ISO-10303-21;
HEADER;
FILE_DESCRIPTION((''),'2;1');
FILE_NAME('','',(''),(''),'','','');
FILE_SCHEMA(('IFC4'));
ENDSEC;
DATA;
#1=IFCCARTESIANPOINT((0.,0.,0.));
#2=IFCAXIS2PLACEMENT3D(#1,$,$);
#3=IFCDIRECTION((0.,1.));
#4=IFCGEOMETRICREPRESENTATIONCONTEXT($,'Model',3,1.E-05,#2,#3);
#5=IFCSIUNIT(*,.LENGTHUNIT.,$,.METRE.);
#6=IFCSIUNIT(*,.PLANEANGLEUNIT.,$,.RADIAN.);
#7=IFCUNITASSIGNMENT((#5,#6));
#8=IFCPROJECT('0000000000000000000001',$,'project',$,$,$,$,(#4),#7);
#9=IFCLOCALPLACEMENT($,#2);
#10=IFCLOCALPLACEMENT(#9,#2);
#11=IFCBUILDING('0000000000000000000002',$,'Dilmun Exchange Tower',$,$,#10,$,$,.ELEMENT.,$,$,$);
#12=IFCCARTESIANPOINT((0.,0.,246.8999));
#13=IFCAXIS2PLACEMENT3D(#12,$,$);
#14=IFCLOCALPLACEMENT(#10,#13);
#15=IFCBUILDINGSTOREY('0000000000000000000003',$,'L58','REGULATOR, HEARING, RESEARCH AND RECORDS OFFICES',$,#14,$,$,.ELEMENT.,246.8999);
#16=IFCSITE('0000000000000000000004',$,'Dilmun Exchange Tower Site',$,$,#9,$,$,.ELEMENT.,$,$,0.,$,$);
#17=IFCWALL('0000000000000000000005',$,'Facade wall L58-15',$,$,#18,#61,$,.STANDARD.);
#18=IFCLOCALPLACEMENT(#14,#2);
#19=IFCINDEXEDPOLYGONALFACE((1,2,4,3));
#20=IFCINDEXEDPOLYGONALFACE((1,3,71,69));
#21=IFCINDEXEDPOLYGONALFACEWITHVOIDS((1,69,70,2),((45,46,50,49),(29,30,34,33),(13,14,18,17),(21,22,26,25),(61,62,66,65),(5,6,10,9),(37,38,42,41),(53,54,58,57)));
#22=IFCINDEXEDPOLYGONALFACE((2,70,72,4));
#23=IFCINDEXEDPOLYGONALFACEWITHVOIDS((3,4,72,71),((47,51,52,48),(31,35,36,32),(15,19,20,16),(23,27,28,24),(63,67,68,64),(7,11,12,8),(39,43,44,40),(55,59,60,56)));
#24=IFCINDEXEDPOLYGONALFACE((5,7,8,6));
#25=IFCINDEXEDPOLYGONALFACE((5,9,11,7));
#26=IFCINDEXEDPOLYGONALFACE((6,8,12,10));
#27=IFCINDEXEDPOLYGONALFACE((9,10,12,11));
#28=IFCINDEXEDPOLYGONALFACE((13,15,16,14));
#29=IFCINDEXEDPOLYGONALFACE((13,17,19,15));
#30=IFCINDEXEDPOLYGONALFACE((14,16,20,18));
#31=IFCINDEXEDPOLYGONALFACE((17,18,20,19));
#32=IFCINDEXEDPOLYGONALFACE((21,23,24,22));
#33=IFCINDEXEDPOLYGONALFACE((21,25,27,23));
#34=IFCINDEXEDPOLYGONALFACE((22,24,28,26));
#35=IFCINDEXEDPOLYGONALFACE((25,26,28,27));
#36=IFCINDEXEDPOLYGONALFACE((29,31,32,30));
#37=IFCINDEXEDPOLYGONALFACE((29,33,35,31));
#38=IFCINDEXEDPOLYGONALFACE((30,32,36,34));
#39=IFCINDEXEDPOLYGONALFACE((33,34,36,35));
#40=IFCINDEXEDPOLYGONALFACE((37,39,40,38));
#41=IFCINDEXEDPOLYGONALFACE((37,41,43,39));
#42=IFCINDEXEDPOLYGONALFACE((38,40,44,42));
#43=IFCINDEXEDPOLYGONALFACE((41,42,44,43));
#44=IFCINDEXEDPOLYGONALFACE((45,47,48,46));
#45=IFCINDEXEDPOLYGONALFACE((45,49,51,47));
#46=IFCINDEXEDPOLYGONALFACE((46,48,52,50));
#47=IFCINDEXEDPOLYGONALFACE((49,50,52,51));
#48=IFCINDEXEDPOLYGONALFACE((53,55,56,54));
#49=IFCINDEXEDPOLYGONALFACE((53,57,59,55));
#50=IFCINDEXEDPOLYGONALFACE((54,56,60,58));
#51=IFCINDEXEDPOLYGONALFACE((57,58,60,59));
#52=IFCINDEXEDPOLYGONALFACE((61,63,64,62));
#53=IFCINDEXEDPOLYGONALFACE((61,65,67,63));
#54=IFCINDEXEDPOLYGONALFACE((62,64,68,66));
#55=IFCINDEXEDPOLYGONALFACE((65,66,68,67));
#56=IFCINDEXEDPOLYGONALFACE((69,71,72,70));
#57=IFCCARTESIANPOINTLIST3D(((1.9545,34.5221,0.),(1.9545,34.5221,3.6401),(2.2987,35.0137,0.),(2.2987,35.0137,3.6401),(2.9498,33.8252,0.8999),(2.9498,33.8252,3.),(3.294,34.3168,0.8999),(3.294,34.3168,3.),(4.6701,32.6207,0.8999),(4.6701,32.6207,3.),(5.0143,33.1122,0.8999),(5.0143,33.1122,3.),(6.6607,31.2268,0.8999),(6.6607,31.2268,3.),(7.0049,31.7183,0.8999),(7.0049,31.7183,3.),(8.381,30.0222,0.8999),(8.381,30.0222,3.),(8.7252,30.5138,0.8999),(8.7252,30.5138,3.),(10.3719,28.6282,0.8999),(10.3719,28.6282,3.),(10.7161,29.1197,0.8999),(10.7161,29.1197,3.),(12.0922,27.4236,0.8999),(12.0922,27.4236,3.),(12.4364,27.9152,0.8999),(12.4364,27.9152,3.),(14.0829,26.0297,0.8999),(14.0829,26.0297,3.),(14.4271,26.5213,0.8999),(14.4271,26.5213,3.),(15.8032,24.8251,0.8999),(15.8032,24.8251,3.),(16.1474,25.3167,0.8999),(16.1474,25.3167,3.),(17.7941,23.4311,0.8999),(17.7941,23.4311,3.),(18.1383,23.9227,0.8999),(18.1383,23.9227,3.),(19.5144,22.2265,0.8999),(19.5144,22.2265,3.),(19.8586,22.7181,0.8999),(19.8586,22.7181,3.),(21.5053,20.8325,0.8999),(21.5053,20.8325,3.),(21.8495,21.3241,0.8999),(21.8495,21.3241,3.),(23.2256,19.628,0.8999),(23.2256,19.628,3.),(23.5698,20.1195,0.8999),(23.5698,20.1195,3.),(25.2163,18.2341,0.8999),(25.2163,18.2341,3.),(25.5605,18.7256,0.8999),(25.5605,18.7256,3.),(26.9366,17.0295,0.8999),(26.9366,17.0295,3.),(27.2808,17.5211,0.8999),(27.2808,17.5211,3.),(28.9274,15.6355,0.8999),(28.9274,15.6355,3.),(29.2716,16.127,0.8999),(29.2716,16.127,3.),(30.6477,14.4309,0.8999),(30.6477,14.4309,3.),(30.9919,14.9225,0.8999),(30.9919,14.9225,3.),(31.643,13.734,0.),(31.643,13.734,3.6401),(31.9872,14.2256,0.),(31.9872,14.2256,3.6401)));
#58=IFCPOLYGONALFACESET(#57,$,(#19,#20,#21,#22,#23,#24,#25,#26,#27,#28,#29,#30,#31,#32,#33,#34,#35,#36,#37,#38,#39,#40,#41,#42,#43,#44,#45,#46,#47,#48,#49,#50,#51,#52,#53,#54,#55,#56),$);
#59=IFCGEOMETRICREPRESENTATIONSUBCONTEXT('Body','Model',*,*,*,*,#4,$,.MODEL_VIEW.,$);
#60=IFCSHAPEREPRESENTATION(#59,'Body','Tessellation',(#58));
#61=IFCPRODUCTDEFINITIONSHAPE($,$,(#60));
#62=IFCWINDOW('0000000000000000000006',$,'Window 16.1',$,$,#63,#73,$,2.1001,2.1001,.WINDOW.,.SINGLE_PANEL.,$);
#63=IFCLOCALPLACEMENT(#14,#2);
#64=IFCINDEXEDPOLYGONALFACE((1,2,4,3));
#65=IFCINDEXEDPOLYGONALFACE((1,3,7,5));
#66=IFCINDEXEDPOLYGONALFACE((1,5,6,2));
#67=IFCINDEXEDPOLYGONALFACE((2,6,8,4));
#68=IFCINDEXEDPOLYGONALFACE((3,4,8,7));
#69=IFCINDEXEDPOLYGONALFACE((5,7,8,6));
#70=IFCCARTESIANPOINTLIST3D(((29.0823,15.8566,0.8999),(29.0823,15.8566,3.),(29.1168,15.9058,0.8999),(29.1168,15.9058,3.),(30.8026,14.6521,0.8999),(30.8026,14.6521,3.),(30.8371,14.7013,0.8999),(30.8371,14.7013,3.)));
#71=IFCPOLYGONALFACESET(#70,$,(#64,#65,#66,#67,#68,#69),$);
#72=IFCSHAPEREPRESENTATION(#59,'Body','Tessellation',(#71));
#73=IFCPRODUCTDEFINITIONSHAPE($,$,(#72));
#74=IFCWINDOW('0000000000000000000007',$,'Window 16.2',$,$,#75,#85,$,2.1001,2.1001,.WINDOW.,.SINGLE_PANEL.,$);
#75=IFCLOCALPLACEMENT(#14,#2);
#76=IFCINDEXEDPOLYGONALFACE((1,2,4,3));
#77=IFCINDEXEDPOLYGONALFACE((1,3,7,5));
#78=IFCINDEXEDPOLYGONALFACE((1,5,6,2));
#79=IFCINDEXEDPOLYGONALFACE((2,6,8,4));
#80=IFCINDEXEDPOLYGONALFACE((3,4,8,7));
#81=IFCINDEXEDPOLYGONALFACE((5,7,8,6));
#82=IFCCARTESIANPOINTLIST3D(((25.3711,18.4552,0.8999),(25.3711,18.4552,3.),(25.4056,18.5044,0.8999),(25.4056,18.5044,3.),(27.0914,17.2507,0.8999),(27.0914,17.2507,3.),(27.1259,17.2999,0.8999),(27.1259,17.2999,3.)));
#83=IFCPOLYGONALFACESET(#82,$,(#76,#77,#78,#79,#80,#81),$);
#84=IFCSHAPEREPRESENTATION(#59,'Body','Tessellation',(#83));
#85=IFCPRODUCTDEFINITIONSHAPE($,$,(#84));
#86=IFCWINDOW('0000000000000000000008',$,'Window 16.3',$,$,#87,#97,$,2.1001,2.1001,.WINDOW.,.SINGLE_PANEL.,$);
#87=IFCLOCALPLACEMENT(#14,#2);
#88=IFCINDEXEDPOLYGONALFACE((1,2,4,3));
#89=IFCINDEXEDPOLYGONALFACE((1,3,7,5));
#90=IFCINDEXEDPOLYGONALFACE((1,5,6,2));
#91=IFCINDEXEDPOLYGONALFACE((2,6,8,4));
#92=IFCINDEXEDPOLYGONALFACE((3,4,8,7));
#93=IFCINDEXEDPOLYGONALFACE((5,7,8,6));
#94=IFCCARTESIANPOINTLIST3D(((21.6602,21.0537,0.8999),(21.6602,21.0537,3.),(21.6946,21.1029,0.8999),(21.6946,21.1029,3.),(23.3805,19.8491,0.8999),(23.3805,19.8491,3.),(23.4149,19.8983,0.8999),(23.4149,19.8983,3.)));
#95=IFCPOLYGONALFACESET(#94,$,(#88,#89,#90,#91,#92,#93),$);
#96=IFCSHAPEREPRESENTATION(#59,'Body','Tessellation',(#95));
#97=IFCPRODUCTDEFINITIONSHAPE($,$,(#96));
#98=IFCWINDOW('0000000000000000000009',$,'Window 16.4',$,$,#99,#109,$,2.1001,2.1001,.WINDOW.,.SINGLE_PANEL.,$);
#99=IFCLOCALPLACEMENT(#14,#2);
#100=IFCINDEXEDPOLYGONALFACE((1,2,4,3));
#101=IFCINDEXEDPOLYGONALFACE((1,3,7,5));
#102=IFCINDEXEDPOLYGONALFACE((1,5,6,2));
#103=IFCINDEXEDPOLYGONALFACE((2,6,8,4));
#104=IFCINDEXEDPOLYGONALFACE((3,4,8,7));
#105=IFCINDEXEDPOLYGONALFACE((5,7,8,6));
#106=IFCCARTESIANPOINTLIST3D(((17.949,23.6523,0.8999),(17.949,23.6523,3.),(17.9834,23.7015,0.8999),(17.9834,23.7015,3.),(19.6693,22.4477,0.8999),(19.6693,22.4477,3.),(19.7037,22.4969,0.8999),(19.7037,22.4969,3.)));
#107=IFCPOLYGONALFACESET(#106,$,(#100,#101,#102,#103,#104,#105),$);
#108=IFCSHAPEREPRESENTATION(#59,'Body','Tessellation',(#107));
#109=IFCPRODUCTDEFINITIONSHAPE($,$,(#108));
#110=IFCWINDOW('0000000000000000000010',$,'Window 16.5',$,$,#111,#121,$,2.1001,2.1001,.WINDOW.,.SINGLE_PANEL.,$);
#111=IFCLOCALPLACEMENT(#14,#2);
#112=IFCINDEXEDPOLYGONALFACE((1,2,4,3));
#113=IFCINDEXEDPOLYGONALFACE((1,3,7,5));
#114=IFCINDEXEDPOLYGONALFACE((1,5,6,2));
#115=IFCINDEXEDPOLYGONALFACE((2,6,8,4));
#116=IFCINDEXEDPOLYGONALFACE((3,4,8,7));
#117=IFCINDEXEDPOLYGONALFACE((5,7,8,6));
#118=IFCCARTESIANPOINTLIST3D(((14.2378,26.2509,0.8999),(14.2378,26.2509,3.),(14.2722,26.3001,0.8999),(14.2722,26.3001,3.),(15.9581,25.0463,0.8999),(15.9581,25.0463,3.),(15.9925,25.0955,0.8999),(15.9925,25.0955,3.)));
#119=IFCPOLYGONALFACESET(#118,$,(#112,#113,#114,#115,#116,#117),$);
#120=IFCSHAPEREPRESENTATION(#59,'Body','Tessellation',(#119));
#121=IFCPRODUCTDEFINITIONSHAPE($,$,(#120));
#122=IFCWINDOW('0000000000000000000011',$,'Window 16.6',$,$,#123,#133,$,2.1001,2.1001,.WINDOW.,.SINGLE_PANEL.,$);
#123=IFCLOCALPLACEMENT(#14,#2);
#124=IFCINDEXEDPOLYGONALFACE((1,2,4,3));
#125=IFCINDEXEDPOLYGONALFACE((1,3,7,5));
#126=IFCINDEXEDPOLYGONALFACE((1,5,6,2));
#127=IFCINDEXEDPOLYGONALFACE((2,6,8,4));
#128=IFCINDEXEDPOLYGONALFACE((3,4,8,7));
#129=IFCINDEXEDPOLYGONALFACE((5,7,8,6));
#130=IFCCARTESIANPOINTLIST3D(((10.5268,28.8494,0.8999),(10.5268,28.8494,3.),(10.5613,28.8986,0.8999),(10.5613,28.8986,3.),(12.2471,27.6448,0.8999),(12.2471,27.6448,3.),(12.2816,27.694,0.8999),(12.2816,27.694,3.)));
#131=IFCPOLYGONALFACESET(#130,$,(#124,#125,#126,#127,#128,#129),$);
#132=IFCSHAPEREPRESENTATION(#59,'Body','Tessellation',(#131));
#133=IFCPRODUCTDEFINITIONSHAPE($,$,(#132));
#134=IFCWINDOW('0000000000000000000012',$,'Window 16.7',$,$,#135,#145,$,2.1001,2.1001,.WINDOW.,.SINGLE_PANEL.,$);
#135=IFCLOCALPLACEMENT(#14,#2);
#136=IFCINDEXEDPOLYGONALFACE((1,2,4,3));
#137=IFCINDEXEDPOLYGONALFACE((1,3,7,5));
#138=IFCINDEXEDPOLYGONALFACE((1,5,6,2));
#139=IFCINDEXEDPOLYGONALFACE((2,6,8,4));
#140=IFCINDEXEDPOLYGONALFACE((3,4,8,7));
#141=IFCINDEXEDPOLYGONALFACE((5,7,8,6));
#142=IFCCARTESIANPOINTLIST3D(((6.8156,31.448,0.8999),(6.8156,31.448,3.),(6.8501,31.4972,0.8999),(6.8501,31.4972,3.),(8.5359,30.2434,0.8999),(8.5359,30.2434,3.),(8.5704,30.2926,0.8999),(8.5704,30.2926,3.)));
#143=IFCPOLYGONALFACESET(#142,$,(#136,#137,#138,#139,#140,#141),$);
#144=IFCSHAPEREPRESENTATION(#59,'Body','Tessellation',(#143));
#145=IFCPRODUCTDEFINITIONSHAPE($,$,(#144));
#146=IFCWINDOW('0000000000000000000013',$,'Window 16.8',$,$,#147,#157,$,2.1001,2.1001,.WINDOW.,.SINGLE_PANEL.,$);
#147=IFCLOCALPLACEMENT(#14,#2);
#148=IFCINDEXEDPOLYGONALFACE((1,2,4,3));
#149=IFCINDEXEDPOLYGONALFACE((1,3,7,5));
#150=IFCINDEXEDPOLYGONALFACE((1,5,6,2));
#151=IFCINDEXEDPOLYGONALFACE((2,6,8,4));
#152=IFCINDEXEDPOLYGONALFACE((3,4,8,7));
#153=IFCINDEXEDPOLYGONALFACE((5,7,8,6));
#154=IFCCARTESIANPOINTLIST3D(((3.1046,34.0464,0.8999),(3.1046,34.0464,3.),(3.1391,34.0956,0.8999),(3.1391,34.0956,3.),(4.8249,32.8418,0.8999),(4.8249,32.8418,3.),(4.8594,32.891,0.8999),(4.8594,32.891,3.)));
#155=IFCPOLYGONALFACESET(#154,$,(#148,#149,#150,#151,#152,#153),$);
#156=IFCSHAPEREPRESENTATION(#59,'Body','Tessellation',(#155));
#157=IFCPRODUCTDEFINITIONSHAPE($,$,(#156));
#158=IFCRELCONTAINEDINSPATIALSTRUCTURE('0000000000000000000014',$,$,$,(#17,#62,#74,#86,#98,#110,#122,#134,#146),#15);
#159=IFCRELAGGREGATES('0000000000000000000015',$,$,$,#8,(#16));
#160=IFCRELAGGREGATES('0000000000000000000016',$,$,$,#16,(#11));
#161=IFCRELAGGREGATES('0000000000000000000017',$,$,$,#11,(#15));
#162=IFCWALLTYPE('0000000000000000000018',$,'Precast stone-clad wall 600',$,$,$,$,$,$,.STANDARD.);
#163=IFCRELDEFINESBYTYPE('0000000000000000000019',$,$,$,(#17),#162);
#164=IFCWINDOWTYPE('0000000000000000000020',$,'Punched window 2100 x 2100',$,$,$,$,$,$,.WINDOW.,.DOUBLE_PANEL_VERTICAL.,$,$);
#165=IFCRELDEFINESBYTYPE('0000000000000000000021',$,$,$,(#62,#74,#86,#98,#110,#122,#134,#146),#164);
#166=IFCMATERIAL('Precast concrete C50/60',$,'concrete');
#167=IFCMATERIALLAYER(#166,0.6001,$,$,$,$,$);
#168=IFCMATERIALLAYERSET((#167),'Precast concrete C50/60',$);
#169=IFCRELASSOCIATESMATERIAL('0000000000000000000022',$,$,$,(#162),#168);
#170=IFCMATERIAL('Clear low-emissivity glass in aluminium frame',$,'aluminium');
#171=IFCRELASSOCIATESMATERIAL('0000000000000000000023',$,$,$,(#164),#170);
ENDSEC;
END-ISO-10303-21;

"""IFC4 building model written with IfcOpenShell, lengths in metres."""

from ifc_helpers import new_model, si_unit, direction, frame, frame_2d, origin, place, context, subcontext, project, spatial, rectangle, extrude, material, layer, layer_set, type_object, element, fill, save


model = new_model("IFC4")

# Units and contexts
model_context = context("Model", 3, precision=1e-05, world=origin(), true_north=direction((0.0, 1.0)))
body_context = subcontext(model_context, "Body", "Model", "MODEL_VIEW")
ifc_project = project(units=[si_unit("LENGTHUNIT", "METRE"), si_unit("PLANEANGLEUNIT", "RADIAN")], contexts=[model_context])

# Site, building, storey
site_placement = place(None, origin())
site = spatial("IfcSite", under=ifc_project, at=site_placement, Name="Dilmun Exchange Tower Site", CompositionType="ELEMENT", RefElevation=0.0)
building_placement = place(site_placement, origin())
building = spatial("IfcBuilding", under=site, at=building_placement, Name="Dilmun Exchange Tower", CompositionType="ELEMENT")
storey_placement = place(building_placement, frame((0.0, 0.0, 246.8999)))
storey = spatial("IfcBuildingStorey", under=building, at=storey_placement, Name="L58", Description="REGULATOR, HEARING, RESEARCH AND RECORDS OFFICES", CompositionType="ELEMENT", Elevation=246.8999)

# Shared definitions
ifc_material_1 = material(Name="Precast concrete C50/60", Category="concrete")
ifc_layer_1 = layer(ifc_material_1, 0.6001)
ifc_layer_set_1 = layer_set([ifc_layer_1], Name="Precast concrete C50/60")
wall_type_1 = type_object("IfcWallType", Name="Precast stone-clad wall 600", PredefinedType="STANDARD", material=ifc_layer_set_1)
ifc_material_2 = material(Name="Clear low-emissivity glass in aluminium frame", Category="aluminium")

# Wall, openings, windows
wall_1_placement = place(storey_placement, frame((31.8152, 13.9797, 0.0), z_axis=(0.0, 0.0, 1.0), x_axis=(-0.819152, 0.573576, 0.0)))
wall_1 = element("IfcWall", 1, at=wall_1_placement, inside=storey, type_object=wall_type_1, Name="Facade wall L58-15", PredefinedType="STANDARD", context=body_context, shape_type="SweptSolid", body=[
    extrude(rectangle(XDim=36.2429, YDim=0.6001, at=frame_2d((18.1216, 0.0))), origin(), (0.0, 0.0, 1.0), 3.6401),
])
opening_1_placement = place(wall_1_placement, frame((1.2151, 0.0, 0.8999)))
opening_1 = element("IfcOpeningElement", 2, at=opening_1_placement, cuts=wall_1, PredefinedType="OPENING", context=body_context, shape_type="SweptSolid", body=[
    extrude(rectangle(XDim=2.1001, YDim=2.1001, at=frame_2d((1.05, 1.05))), frame((0.0, 0.3101, 0.0), z_axis=(0.0, -1.0, 0.0), x_axis=(1.0, 0.0, 0.0)), (0.0, 0.0, 1.0), 0.6201),
])
opening_2_placement = place(wall_1_placement, frame((5.7456, 0.0, 0.8999)))
opening_2 = element("IfcOpeningElement", 3, at=opening_2_placement, cuts=wall_1, PredefinedType="OPENING", context=body_context, shape_type="SweptSolid", body=[
    extrude(rectangle(XDim=2.1001, YDim=2.1001, at=frame_2d((1.05, 1.05))), frame((0.0, 0.3101, 0.0), z_axis=(0.0, -1.0, 0.0), x_axis=(1.0, 0.0, 0.0)), (0.0, 0.0, 1.0), 0.6201),
])
opening_3_placement = place(wall_1_placement, frame((10.2759, 0.0, 0.8999)))
opening_3 = element("IfcOpeningElement", 4, at=opening_3_placement, cuts=wall_1, PredefinedType="OPENING", context=body_context, shape_type="SweptSolid", body=[
    extrude(rectangle(XDim=2.1001, YDim=2.1001, at=frame_2d((1.05, 1.05))), frame((0.0, 0.3101, 0.0), z_axis=(0.0, -1.0, 0.0), x_axis=(1.0, 0.0, 0.0)), (0.0, 0.0, 1.0), 0.6201),
])
opening_4_placement = place(wall_1_placement, frame((14.8064, 0.0, 0.8999)))
opening_4 = element("IfcOpeningElement", 5, at=opening_4_placement, cuts=wall_1, PredefinedType="OPENING", context=body_context, shape_type="SweptSolid", body=[
    extrude(rectangle(XDim=2.1001, YDim=2.1001, at=frame_2d((1.05, 1.05))), frame((0.0, 0.3101, 0.0), z_axis=(0.0, -1.0, 0.0), x_axis=(1.0, 0.0, 0.0)), (0.0, 0.0, 1.0), 0.6201),
])
opening_5_placement = place(wall_1_placement, frame((19.3369, 0.0, 0.8999)))
opening_5 = element("IfcOpeningElement", 6, at=opening_5_placement, cuts=wall_1, PredefinedType="OPENING", context=body_context, shape_type="SweptSolid", body=[
    extrude(rectangle(XDim=2.1001, YDim=2.1001, at=frame_2d((1.05, 1.05))), frame((0.0, 0.3101, 0.0), z_axis=(0.0, -1.0, 0.0), x_axis=(1.0, 0.0, 0.0)), (0.0, 0.0, 1.0), 0.6201),
])
opening_6_placement = place(wall_1_placement, frame((23.8672, 0.0, 0.8999)))
opening_6 = element("IfcOpeningElement", 7, at=opening_6_placement, cuts=wall_1, PredefinedType="OPENING", context=body_context, shape_type="SweptSolid", body=[
    extrude(rectangle(XDim=2.1001, YDim=2.1001, at=frame_2d((1.05, 1.05))), frame((0.0, 0.3101, 0.0), z_axis=(0.0, -1.0, 0.0), x_axis=(1.0, 0.0, 0.0)), (0.0, 0.0, 1.0), 0.6201),
])
opening_7_placement = place(wall_1_placement, frame((28.3977, 0.0, 0.8999)))
opening_7 = element("IfcOpeningElement", 8, at=opening_7_placement, cuts=wall_1, PredefinedType="OPENING", context=body_context, shape_type="SweptSolid", body=[
    extrude(rectangle(XDim=2.1001, YDim=2.1001, at=frame_2d((1.05, 1.05))), frame((0.0, 0.3101, 0.0), z_axis=(0.0, -1.0, 0.0), x_axis=(1.0, 0.0, 0.0)), (0.0, 0.0, 1.0), 0.6201),
])
opening_8_placement = place(wall_1_placement, frame((32.928, 0.0, 0.8999)))
opening_8 = element("IfcOpeningElement", 9, at=opening_8_placement, cuts=wall_1, PredefinedType="OPENING", context=body_context, shape_type="SweptSolid", body=[
    extrude(rectangle(XDim=2.1001, YDim=2.1001, at=frame_2d((1.05, 1.05))), frame((0.0, 0.3101, 0.0), z_axis=(0.0, -1.0, 0.0), x_axis=(1.0, 0.0, 0.0)), (0.0, 0.0, 1.0), 0.6201),
])
window_type_1 = type_object("IfcWindowType", Name="Punched window 2100 x 2100", PartitioningType="DOUBLE_PANEL_VERTICAL", PredefinedType="WINDOW", material=ifc_material_2)
window_1_placement = place(opening_1_placement, origin())
window_1 = element("IfcWindow", 10, at=window_1_placement, inside=storey, type_object=window_type_1, Name="Window 16.1", OverallHeight=2.1001, OverallWidth=2.1001, PartitioningType="SINGLE_PANEL", PredefinedType="WINDOW", context=body_context, shape_type="SweptSolid", body=[
    extrude(rectangle(XDim=2.1001, YDim=2.1001, at=frame_2d((1.05, 1.05))), frame((0.0, 0.03, 0.0), z_axis=(0.0, -1.0, 0.0), x_axis=(1.0, 0.0, 0.0)), (0.0, 0.0, 1.0), 0.0601),
])
fill(opening_1, window_1)
window_2_placement = place(opening_2_placement, origin())
window_2 = element("IfcWindow", 11, at=window_2_placement, inside=storey, type_object=window_type_1, Name="Window 16.2", OverallHeight=2.1001, OverallWidth=2.1001, PartitioningType="SINGLE_PANEL", PredefinedType="WINDOW", context=body_context, shape_type="SweptSolid", body=[
    extrude(rectangle(XDim=2.1001, YDim=2.1001, at=frame_2d((1.05, 1.05))), frame((0.0, 0.03, 0.0), z_axis=(0.0, -1.0, 0.0), x_axis=(1.0, 0.0, 0.0)), (0.0, 0.0, 1.0), 0.0601),
])
fill(opening_2, window_2)
window_3_placement = place(opening_3_placement, origin())
window_3 = element("IfcWindow", 12, at=window_3_placement, inside=storey, type_object=window_type_1, Name="Window 16.3", OverallHeight=2.1001, OverallWidth=2.1001, PartitioningType="SINGLE_PANEL", PredefinedType="WINDOW", context=body_context, shape_type="SweptSolid", body=[
    extrude(rectangle(XDim=2.1001, YDim=2.1001, at=frame_2d((1.05, 1.05))), frame((0.0, 0.03, 0.0), z_axis=(0.0, -1.0, 0.0), x_axis=(1.0, 0.0, 0.0)), (0.0, 0.0, 1.0), 0.0601),
])
fill(opening_3, window_3)
window_4_placement = place(opening_4_placement, origin())
window_4 = element("IfcWindow", 13, at=window_4_placement, inside=storey, type_object=window_type_1, Name="Window 16.4", OverallHeight=2.1001, OverallWidth=2.1001, PartitioningType="SINGLE_PANEL", PredefinedType="WINDOW", context=body_context, shape_type="SweptSolid", body=[
    extrude(rectangle(XDim=2.1001, YDim=2.1001, at=frame_2d((1.05, 1.05))), frame((0.0, 0.03, 0.0), z_axis=(0.0, -1.0, 0.0), x_axis=(1.0, 0.0, 0.0)), (0.0, 0.0, 1.0), 0.0601),
])
fill(opening_4, window_4)
window_5_placement = place(opening_5_placement, origin())
window_5 = element("IfcWindow", 14, at=window_5_placement, inside=storey, type_object=window_type_1, Name="Window 16.5", OverallHeight=2.1001, OverallWidth=2.1001, PartitioningType="SINGLE_PANEL", PredefinedType="WINDOW", context=body_context, shape_type="SweptSolid", body=[
    extrude(rectangle(XDim=2.1001, YDim=2.1001, at=frame_2d((1.05, 1.05))), frame((0.0, 0.03, 0.0), z_axis=(0.0, -1.0, 0.0), x_axis=(1.0, 0.0, 0.0)), (0.0, 0.0, 1.0), 0.0601),
])
fill(opening_5, window_5)
window_6_placement = place(opening_6_placement, origin())
window_6 = element("IfcWindow", 15, at=window_6_placement, inside=storey, type_object=window_type_1, Name="Window 16.6", OverallHeight=2.1001, OverallWidth=2.1001, PartitioningType="SINGLE_PANEL", PredefinedType="WINDOW", context=body_context, shape_type="SweptSolid", body=[
    extrude(rectangle(XDim=2.1001, YDim=2.1001, at=frame_2d((1.05, 1.05))), frame((0.0, 0.03, 0.0), z_axis=(0.0, -1.0, 0.0), x_axis=(1.0, 0.0, 0.0)), (0.0, 0.0, 1.0), 0.0601),
])
fill(opening_6, window_6)
window_7_placement = place(opening_7_placement, origin())
window_7 = element("IfcWindow", 16, at=window_7_placement, inside=storey, type_object=window_type_1, Name="Window 16.7", OverallHeight=2.1001, OverallWidth=2.1001, PartitioningType="SINGLE_PANEL", PredefinedType="WINDOW", context=body_context, shape_type="SweptSolid", body=[
    extrude(rectangle(XDim=2.1001, YDim=2.1001, at=frame_2d((1.05, 1.05))), frame((0.0, 0.03, 0.0), z_axis=(0.0, -1.0, 0.0), x_axis=(1.0, 0.0, 0.0)), (0.0, 0.0, 1.0), 0.0601),
])
fill(opening_7, window_7)
window_8_placement = place(opening_8_placement, origin())
window_8 = element("IfcWindow", 17, at=window_8_placement, inside=storey, type_object=window_type_1, Name="Window 16.8", OverallHeight=2.1001, OverallWidth=2.1001, PartitioningType="SINGLE_PANEL", PredefinedType="WINDOW", context=body_context, shape_type="SweptSolid", body=[
    extrude(rectangle(XDim=2.1001, YDim=2.1001, at=frame_2d((1.05, 1.05))), frame((0.0, 0.03, 0.0), z_axis=(0.0, -1.0, 0.0), x_axis=(1.0, 0.0, 0.0)), (0.0, 0.0, 1.0), 0.0601),
])
fill(opening_8, window_8)

save(model, "model.ifc")
